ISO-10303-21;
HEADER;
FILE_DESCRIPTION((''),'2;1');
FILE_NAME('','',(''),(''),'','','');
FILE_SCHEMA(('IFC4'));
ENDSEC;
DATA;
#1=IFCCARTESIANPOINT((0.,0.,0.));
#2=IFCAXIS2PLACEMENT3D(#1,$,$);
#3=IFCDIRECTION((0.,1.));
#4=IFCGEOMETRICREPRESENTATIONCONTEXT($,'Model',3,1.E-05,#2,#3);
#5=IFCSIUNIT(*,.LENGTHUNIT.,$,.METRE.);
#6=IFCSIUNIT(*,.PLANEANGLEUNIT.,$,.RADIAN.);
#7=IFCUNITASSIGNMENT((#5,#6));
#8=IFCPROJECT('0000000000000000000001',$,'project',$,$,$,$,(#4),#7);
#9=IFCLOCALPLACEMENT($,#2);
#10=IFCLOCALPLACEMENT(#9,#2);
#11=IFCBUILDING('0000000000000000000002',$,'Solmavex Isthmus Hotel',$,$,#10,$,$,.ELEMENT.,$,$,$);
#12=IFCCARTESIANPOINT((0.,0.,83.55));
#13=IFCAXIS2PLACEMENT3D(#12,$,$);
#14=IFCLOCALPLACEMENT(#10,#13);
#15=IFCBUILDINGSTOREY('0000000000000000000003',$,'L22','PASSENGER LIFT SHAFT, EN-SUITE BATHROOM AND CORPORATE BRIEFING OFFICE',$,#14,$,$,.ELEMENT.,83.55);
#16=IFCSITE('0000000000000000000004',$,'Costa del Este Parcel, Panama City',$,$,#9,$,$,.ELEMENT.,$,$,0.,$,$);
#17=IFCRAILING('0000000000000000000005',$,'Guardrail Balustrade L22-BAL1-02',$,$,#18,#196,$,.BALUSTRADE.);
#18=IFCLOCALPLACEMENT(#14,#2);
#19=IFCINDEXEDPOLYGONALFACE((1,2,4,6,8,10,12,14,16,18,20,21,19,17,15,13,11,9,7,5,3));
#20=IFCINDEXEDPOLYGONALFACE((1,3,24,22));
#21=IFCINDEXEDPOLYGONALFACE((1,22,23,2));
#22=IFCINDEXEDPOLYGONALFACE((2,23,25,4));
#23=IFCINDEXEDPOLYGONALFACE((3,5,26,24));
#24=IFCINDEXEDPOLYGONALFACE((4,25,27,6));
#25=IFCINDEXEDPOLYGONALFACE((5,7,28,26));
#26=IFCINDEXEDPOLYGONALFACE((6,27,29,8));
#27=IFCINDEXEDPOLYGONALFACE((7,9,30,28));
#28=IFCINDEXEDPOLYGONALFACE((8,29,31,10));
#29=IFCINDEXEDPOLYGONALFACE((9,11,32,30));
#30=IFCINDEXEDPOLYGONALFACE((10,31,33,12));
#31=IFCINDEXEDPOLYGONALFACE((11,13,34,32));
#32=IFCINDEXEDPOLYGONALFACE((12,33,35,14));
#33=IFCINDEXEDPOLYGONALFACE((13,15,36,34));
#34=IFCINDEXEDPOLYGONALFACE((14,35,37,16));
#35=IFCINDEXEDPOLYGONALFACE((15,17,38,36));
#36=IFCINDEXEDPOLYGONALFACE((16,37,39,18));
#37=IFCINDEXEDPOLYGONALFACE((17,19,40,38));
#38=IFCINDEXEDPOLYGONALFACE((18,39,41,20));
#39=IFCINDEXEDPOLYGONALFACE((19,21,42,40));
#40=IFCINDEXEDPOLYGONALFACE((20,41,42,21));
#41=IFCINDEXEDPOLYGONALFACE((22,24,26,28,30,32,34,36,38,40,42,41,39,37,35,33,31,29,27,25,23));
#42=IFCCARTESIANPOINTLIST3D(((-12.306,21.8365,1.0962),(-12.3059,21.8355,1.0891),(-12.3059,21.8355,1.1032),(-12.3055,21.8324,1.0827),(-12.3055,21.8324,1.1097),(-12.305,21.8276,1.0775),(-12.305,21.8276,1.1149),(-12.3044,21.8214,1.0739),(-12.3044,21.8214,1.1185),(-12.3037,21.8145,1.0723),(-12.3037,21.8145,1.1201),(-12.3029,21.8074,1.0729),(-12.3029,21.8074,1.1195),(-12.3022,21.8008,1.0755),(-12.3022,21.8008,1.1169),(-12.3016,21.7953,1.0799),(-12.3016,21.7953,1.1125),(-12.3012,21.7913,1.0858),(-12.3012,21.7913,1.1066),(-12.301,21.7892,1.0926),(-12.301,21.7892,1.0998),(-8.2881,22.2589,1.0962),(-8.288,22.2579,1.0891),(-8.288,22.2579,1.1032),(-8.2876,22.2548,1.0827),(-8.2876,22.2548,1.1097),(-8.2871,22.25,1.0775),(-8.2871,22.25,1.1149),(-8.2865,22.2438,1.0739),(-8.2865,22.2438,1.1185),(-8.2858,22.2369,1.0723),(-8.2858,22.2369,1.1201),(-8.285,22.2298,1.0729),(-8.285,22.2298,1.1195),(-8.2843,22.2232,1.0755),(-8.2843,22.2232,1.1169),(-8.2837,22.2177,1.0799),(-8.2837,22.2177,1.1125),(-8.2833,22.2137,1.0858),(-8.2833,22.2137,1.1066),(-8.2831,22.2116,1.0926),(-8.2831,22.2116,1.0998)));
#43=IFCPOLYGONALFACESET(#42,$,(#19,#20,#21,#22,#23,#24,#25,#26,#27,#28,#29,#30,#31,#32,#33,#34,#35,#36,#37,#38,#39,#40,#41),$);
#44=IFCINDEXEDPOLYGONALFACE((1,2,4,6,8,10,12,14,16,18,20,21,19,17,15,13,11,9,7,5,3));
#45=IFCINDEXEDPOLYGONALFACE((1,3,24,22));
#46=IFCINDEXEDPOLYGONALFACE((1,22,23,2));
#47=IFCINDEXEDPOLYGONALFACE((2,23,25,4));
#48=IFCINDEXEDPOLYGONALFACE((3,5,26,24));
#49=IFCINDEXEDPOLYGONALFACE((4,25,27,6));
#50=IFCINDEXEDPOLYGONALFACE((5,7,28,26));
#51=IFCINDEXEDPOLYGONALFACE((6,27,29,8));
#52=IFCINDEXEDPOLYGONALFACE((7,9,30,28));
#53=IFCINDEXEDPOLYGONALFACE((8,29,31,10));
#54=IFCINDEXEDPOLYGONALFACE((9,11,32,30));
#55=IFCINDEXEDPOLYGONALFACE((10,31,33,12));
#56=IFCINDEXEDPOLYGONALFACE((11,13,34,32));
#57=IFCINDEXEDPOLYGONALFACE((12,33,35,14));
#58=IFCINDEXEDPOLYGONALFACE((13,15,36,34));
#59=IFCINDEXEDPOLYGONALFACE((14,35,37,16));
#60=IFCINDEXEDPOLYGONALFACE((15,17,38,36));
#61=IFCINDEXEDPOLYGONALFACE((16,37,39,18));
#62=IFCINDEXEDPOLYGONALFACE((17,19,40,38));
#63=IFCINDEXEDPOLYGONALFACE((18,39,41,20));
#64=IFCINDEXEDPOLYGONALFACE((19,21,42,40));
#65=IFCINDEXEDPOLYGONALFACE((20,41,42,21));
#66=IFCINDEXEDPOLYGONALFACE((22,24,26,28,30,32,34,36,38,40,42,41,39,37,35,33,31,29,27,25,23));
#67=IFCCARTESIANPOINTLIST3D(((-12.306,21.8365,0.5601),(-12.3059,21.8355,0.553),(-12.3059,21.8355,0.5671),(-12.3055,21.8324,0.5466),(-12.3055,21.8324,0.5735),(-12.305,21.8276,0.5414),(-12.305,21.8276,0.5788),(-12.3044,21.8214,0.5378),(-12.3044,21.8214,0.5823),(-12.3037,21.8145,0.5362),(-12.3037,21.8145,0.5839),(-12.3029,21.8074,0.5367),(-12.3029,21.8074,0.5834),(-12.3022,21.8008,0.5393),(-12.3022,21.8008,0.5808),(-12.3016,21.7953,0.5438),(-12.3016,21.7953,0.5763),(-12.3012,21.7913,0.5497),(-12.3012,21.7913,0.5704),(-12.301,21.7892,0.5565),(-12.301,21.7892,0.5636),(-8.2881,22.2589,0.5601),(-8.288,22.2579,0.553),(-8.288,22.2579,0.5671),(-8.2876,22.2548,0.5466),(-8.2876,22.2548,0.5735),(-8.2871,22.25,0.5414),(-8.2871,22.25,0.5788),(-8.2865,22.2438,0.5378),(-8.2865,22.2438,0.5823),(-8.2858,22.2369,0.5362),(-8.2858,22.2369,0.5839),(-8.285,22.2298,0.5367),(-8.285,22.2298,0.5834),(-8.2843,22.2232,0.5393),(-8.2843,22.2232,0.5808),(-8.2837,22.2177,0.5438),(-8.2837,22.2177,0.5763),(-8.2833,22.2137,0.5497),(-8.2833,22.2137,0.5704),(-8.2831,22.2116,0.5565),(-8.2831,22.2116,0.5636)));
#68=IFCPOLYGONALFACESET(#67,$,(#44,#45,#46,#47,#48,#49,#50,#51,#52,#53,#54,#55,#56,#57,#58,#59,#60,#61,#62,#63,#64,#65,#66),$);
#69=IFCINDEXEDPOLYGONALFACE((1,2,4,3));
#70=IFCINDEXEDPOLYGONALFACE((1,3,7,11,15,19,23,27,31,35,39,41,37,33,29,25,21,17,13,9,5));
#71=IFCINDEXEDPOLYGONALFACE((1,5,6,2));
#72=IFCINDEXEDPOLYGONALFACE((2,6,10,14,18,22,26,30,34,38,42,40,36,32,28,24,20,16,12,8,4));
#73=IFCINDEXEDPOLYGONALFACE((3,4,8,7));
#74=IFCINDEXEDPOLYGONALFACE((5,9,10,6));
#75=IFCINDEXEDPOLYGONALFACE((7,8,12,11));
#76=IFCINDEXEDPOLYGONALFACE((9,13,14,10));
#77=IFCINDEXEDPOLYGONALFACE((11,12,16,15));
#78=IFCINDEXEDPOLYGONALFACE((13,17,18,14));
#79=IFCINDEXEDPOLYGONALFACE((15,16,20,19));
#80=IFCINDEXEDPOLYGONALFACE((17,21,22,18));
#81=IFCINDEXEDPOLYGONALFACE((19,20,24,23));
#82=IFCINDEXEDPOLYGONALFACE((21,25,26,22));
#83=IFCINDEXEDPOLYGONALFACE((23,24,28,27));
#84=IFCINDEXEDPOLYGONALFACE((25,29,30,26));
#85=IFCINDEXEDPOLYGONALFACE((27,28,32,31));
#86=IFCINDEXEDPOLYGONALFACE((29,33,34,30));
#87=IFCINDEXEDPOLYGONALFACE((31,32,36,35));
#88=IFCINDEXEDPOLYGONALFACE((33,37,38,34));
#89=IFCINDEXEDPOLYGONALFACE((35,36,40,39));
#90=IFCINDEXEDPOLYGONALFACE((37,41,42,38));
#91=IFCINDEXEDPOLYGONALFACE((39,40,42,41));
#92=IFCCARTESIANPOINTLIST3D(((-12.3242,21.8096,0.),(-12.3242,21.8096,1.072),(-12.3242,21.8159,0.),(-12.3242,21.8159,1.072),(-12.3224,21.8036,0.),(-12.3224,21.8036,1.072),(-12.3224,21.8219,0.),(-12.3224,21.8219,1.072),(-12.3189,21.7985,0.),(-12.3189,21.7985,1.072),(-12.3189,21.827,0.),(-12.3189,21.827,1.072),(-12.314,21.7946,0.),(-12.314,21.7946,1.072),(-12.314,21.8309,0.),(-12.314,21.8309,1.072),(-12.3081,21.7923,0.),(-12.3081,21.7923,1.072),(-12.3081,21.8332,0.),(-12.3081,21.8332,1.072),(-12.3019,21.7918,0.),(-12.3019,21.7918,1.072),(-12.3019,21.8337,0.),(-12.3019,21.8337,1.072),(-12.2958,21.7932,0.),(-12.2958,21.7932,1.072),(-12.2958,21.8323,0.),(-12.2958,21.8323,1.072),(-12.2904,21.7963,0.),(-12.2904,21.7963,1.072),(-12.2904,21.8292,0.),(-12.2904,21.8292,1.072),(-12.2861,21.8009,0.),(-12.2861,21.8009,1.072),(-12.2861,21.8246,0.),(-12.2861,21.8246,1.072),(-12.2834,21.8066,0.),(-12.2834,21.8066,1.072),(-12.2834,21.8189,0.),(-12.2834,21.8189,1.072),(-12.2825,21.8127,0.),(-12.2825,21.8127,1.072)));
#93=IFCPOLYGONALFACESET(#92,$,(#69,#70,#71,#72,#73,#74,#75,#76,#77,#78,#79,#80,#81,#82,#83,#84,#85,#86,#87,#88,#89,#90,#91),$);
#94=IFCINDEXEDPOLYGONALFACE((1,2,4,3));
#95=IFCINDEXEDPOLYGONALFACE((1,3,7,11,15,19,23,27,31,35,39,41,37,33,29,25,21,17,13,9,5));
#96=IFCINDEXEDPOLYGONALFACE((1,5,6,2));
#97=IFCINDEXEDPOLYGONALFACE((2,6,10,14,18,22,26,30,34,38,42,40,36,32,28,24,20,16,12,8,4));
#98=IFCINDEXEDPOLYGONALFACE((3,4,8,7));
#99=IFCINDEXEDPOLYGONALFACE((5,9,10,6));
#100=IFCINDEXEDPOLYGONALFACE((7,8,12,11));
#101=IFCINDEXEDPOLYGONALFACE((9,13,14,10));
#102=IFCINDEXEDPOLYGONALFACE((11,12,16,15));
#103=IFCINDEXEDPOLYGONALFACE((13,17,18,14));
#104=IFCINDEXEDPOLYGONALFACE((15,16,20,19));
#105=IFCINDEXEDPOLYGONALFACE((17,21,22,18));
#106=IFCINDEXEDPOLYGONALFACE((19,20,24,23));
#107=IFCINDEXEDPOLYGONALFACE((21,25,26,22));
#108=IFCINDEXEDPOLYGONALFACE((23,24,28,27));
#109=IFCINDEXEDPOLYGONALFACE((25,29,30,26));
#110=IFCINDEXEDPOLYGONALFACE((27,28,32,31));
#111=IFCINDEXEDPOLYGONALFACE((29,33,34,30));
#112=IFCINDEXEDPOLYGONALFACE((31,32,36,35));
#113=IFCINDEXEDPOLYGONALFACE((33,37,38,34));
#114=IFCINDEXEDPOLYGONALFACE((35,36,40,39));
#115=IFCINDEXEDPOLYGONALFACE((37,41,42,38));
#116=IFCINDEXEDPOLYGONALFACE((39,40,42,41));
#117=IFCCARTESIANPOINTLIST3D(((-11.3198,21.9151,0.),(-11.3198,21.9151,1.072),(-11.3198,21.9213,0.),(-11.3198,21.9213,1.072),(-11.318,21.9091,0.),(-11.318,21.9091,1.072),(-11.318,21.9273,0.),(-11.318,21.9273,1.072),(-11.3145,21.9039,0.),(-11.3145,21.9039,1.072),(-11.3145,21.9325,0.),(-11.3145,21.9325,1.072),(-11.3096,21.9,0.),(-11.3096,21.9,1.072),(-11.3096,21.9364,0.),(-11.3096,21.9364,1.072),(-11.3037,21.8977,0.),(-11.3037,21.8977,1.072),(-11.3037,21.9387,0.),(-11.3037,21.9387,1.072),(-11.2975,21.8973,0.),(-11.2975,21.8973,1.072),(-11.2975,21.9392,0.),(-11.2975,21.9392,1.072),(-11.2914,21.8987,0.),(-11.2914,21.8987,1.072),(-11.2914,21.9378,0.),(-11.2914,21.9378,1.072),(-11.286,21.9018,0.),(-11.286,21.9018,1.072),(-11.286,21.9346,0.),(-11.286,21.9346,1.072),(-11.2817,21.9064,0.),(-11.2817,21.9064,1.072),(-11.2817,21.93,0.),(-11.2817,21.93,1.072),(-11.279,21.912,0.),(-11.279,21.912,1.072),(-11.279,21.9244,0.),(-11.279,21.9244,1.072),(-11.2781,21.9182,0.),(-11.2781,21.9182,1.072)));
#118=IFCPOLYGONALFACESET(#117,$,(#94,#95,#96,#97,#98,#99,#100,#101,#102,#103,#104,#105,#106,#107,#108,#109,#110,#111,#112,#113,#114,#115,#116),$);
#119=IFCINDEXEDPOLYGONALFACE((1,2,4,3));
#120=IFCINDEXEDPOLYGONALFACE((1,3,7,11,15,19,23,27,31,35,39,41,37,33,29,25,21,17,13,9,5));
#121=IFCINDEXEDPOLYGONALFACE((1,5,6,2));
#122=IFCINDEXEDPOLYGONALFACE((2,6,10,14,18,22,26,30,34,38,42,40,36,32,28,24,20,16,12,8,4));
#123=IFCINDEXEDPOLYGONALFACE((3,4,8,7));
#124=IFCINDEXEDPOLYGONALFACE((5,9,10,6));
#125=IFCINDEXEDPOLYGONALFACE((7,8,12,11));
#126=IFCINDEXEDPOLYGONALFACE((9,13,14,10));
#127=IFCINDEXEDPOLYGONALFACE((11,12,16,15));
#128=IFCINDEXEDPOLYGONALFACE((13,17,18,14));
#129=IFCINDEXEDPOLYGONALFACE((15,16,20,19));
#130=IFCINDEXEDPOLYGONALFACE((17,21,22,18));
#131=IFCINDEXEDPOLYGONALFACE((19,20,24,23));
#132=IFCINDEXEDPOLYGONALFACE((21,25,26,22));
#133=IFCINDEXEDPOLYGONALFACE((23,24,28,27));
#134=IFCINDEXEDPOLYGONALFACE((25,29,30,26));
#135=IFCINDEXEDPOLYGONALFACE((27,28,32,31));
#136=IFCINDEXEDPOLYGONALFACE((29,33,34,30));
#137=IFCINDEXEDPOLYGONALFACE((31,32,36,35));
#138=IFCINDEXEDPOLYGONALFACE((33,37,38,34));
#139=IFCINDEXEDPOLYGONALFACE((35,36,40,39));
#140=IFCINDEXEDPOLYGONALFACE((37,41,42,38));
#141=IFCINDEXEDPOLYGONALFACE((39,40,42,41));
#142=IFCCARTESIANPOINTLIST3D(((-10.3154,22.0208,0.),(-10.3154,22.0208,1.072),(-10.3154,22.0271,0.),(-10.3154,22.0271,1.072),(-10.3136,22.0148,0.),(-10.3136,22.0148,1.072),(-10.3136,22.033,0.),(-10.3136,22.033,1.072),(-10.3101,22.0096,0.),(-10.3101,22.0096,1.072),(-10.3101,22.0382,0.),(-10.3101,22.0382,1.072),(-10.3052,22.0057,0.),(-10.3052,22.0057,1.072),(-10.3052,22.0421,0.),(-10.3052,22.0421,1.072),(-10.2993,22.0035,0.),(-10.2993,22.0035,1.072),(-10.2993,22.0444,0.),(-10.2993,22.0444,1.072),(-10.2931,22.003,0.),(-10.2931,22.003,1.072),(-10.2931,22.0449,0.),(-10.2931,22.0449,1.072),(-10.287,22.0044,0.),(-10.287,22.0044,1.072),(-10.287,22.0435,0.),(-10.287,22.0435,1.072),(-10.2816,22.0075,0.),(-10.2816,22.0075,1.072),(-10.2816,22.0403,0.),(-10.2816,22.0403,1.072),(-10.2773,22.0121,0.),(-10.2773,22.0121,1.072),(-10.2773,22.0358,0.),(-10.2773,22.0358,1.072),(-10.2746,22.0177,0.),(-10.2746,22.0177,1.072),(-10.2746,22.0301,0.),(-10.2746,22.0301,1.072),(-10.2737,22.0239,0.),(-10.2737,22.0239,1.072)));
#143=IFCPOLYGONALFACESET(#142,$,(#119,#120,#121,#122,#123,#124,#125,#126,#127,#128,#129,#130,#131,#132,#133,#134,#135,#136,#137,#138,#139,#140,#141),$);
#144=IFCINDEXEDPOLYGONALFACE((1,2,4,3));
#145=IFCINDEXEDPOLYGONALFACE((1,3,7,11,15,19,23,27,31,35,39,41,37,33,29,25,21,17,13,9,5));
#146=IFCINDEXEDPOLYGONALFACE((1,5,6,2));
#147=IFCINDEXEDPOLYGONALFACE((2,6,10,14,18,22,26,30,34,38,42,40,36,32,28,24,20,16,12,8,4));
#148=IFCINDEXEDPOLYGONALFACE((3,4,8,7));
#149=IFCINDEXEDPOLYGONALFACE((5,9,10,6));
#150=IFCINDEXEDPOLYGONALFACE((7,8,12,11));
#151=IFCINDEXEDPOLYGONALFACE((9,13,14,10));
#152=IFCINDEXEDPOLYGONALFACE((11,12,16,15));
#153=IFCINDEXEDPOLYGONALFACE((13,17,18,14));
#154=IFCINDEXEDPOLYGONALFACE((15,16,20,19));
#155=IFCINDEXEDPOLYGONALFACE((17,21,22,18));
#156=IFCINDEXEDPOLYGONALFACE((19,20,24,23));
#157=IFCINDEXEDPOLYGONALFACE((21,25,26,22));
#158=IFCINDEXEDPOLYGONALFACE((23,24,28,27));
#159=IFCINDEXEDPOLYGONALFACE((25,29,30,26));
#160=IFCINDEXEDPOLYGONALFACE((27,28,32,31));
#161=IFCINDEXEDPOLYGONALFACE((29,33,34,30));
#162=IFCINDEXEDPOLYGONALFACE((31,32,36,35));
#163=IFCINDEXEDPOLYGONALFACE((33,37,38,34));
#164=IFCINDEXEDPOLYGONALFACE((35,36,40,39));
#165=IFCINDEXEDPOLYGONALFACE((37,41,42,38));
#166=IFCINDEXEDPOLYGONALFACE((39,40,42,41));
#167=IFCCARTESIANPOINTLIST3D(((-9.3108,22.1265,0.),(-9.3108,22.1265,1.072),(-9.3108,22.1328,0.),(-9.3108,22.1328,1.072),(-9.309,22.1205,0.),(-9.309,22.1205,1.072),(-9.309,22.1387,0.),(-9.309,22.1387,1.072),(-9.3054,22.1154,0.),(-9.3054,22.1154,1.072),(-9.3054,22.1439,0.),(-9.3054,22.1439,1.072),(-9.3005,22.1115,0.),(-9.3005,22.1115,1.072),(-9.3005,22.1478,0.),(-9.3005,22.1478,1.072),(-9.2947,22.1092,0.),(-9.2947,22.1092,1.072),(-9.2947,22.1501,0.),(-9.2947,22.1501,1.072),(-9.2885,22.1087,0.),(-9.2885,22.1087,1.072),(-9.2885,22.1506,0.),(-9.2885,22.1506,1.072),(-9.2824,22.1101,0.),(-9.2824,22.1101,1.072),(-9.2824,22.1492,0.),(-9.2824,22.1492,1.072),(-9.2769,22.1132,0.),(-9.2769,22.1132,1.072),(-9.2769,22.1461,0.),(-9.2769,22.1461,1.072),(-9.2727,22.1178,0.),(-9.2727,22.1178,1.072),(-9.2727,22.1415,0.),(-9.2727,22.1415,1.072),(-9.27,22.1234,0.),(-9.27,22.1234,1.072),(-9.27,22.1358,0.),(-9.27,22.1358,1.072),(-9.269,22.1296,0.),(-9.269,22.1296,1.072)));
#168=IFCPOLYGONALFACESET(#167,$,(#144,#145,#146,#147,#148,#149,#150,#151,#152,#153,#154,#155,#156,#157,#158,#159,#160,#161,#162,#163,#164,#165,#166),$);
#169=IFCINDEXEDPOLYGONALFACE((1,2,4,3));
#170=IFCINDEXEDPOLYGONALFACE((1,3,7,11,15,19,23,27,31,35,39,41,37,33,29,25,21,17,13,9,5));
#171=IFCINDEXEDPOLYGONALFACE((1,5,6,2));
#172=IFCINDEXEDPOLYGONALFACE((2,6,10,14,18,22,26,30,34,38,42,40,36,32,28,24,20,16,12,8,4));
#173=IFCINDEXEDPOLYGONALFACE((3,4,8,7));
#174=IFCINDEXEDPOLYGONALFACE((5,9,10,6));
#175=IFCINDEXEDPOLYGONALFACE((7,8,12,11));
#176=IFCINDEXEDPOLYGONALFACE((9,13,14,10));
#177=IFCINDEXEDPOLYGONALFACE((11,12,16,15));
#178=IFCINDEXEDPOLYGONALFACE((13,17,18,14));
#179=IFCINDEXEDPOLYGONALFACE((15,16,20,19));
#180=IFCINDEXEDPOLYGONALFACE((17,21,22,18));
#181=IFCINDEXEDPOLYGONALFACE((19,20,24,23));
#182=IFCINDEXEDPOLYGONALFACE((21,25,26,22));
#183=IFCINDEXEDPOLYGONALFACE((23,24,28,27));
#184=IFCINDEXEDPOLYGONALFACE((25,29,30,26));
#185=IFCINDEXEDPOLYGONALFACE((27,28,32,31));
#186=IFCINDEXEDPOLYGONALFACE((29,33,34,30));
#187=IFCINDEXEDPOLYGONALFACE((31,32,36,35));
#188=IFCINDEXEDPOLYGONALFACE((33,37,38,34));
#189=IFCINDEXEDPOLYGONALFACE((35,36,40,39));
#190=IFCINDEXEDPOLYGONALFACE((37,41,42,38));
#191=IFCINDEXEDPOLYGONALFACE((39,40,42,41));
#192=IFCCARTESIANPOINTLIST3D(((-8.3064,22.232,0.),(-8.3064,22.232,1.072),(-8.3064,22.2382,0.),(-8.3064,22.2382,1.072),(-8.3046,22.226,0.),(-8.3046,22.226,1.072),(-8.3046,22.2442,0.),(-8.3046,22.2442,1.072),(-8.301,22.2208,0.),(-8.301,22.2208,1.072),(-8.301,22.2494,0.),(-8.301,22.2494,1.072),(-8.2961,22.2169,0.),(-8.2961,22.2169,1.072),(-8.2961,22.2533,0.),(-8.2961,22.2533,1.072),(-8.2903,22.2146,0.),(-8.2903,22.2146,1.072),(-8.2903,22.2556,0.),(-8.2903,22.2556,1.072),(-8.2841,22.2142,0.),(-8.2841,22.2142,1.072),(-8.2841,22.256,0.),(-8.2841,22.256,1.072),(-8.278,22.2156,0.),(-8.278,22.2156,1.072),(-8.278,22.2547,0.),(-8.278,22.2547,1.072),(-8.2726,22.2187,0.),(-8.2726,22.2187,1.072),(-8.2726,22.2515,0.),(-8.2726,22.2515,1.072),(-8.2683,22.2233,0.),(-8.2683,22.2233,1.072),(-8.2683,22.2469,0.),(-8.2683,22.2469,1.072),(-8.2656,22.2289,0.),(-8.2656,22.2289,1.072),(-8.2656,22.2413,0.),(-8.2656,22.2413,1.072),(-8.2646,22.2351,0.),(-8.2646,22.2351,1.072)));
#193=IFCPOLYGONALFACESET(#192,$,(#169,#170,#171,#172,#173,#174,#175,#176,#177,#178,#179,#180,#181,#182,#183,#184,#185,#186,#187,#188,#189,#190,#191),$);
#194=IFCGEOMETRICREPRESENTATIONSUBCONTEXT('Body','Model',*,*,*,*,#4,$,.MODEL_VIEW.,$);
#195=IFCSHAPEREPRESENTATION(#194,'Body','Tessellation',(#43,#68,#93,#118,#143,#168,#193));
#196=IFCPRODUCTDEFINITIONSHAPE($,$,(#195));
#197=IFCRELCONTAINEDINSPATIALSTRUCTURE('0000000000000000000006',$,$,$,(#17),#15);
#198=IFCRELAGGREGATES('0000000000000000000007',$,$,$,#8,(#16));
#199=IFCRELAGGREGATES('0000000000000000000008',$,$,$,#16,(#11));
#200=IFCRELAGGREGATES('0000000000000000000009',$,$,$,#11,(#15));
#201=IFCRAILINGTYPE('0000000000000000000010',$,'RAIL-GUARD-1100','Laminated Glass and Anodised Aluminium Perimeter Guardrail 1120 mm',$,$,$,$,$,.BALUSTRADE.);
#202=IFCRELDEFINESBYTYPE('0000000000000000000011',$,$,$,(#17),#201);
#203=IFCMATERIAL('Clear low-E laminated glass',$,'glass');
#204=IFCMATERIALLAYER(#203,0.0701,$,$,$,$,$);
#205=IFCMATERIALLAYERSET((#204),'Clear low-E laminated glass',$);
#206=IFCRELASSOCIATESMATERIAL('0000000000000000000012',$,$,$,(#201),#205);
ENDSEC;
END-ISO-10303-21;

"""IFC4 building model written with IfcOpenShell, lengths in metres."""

from ifc_helpers import new_model, si_unit, direction, frame, origin, origin_2d, place, context, subcontext, project, spatial, circle, extrude, material, layer, layer_set, type_object, element, save


model = new_model("IFC4")

# Units and contexts
model_context = context("Model", 3, precision=1e-05, world=origin(), true_north=direction((0.0, 1.0)))
body_context = subcontext(model_context, "Body", "Model", "MODEL_VIEW")
ifc_project = project(units=[si_unit("LENGTHUNIT", "METRE"), si_unit("PLANEANGLEUNIT", "RADIAN")], contexts=[model_context])

# Site, building, storey
site_placement = place(None, origin())
site = spatial("IfcSite", under=ifc_project, at=site_placement, Name="Costa del Este Parcel, Panama City", CompositionType="ELEMENT", RefElevation=0.0)
building_placement = place(site_placement, origin())
building = spatial("IfcBuilding", under=site, at=building_placement, Name="Solmavex Isthmus Hotel", CompositionType="ELEMENT")
storey_placement = place(building_placement, frame((0.0, 0.0, 83.55)))
storey = spatial("IfcBuildingStorey", under=building, at=storey_placement, Name="L22", Description="PASSENGER LIFT SHAFT, EN-SUITE BATHROOM AND CORPORATE BRIEFING OFFICE", CompositionType="ELEMENT", Elevation=83.55)

# Shared definitions
ifc_material_1 = material(Name="Clear low-E laminated glass", Category="glass")

# Railing
ifc_layer_1 = layer(ifc_material_1, 0.0701)
ifc_layer_set_1 = layer_set([ifc_layer_1], Name="Clear low-E laminated glass")
railing_type = type_object("IfcRailingType", Name="RAIL-GUARD-1100", Description="Laminated Glass and Anodised Aluminium Perimeter Guardrail 1120 mm", PredefinedType="BALUSTRADE", material=ifc_layer_set_1)
railing_1_placement = place(storey_placement, frame((-12.3035, 21.8127, 0.0)))
element("IfcRailing", 1, at=railing_1_placement, inside=storey, type_object=railing_type, Name="Guardrail Balustrade L22-BAL1-02", PredefinedType="BALUSTRADE", context=body_context, shape_type="SweptSolid", body=[
    extrude(circle(Radius=0.0239, at=origin_2d()), frame((0.0, 0.0, 1.0962), z_axis=(0.99452, 0.104546, 0.0), x_axis=(-0.104546, 0.99452, 0.0)), (0.0, 0.0, 1.0), 4.04),
    extrude(circle(Radius=0.0239, at=origin_2d()), frame((0.0, 0.0, 0.5601), z_axis=(0.99452, 0.104546, 0.0), x_axis=(-0.104546, 0.99452, 0.0)), (0.0, 0.0, 1.0), 4.04),
    extrude(circle(Radius=0.021, at=origin_2d()), origin(), (0.0, 0.0, 1.0), 1.072),
    extrude(circle(Radius=0.021, at=origin_2d()), frame((1.0044, 0.1055, 0.0)), (0.0, 0.0, 1.0), 1.072),
    extrude(circle(Radius=0.021, at=origin_2d()), frame((2.0088, 0.2112, 0.0)), (0.0, 0.0, 1.0), 1.072),
    extrude(circle(Radius=0.021, at=origin_2d()), frame((3.0134, 0.3169, 0.0)), (0.0, 0.0, 1.0), 1.072),
    extrude(circle(Radius=0.021, at=origin_2d()), frame((4.0178, 0.4224, 0.0)), (0.0, 0.0, 1.0), 1.072),
])

save(model, "model.ifc")
